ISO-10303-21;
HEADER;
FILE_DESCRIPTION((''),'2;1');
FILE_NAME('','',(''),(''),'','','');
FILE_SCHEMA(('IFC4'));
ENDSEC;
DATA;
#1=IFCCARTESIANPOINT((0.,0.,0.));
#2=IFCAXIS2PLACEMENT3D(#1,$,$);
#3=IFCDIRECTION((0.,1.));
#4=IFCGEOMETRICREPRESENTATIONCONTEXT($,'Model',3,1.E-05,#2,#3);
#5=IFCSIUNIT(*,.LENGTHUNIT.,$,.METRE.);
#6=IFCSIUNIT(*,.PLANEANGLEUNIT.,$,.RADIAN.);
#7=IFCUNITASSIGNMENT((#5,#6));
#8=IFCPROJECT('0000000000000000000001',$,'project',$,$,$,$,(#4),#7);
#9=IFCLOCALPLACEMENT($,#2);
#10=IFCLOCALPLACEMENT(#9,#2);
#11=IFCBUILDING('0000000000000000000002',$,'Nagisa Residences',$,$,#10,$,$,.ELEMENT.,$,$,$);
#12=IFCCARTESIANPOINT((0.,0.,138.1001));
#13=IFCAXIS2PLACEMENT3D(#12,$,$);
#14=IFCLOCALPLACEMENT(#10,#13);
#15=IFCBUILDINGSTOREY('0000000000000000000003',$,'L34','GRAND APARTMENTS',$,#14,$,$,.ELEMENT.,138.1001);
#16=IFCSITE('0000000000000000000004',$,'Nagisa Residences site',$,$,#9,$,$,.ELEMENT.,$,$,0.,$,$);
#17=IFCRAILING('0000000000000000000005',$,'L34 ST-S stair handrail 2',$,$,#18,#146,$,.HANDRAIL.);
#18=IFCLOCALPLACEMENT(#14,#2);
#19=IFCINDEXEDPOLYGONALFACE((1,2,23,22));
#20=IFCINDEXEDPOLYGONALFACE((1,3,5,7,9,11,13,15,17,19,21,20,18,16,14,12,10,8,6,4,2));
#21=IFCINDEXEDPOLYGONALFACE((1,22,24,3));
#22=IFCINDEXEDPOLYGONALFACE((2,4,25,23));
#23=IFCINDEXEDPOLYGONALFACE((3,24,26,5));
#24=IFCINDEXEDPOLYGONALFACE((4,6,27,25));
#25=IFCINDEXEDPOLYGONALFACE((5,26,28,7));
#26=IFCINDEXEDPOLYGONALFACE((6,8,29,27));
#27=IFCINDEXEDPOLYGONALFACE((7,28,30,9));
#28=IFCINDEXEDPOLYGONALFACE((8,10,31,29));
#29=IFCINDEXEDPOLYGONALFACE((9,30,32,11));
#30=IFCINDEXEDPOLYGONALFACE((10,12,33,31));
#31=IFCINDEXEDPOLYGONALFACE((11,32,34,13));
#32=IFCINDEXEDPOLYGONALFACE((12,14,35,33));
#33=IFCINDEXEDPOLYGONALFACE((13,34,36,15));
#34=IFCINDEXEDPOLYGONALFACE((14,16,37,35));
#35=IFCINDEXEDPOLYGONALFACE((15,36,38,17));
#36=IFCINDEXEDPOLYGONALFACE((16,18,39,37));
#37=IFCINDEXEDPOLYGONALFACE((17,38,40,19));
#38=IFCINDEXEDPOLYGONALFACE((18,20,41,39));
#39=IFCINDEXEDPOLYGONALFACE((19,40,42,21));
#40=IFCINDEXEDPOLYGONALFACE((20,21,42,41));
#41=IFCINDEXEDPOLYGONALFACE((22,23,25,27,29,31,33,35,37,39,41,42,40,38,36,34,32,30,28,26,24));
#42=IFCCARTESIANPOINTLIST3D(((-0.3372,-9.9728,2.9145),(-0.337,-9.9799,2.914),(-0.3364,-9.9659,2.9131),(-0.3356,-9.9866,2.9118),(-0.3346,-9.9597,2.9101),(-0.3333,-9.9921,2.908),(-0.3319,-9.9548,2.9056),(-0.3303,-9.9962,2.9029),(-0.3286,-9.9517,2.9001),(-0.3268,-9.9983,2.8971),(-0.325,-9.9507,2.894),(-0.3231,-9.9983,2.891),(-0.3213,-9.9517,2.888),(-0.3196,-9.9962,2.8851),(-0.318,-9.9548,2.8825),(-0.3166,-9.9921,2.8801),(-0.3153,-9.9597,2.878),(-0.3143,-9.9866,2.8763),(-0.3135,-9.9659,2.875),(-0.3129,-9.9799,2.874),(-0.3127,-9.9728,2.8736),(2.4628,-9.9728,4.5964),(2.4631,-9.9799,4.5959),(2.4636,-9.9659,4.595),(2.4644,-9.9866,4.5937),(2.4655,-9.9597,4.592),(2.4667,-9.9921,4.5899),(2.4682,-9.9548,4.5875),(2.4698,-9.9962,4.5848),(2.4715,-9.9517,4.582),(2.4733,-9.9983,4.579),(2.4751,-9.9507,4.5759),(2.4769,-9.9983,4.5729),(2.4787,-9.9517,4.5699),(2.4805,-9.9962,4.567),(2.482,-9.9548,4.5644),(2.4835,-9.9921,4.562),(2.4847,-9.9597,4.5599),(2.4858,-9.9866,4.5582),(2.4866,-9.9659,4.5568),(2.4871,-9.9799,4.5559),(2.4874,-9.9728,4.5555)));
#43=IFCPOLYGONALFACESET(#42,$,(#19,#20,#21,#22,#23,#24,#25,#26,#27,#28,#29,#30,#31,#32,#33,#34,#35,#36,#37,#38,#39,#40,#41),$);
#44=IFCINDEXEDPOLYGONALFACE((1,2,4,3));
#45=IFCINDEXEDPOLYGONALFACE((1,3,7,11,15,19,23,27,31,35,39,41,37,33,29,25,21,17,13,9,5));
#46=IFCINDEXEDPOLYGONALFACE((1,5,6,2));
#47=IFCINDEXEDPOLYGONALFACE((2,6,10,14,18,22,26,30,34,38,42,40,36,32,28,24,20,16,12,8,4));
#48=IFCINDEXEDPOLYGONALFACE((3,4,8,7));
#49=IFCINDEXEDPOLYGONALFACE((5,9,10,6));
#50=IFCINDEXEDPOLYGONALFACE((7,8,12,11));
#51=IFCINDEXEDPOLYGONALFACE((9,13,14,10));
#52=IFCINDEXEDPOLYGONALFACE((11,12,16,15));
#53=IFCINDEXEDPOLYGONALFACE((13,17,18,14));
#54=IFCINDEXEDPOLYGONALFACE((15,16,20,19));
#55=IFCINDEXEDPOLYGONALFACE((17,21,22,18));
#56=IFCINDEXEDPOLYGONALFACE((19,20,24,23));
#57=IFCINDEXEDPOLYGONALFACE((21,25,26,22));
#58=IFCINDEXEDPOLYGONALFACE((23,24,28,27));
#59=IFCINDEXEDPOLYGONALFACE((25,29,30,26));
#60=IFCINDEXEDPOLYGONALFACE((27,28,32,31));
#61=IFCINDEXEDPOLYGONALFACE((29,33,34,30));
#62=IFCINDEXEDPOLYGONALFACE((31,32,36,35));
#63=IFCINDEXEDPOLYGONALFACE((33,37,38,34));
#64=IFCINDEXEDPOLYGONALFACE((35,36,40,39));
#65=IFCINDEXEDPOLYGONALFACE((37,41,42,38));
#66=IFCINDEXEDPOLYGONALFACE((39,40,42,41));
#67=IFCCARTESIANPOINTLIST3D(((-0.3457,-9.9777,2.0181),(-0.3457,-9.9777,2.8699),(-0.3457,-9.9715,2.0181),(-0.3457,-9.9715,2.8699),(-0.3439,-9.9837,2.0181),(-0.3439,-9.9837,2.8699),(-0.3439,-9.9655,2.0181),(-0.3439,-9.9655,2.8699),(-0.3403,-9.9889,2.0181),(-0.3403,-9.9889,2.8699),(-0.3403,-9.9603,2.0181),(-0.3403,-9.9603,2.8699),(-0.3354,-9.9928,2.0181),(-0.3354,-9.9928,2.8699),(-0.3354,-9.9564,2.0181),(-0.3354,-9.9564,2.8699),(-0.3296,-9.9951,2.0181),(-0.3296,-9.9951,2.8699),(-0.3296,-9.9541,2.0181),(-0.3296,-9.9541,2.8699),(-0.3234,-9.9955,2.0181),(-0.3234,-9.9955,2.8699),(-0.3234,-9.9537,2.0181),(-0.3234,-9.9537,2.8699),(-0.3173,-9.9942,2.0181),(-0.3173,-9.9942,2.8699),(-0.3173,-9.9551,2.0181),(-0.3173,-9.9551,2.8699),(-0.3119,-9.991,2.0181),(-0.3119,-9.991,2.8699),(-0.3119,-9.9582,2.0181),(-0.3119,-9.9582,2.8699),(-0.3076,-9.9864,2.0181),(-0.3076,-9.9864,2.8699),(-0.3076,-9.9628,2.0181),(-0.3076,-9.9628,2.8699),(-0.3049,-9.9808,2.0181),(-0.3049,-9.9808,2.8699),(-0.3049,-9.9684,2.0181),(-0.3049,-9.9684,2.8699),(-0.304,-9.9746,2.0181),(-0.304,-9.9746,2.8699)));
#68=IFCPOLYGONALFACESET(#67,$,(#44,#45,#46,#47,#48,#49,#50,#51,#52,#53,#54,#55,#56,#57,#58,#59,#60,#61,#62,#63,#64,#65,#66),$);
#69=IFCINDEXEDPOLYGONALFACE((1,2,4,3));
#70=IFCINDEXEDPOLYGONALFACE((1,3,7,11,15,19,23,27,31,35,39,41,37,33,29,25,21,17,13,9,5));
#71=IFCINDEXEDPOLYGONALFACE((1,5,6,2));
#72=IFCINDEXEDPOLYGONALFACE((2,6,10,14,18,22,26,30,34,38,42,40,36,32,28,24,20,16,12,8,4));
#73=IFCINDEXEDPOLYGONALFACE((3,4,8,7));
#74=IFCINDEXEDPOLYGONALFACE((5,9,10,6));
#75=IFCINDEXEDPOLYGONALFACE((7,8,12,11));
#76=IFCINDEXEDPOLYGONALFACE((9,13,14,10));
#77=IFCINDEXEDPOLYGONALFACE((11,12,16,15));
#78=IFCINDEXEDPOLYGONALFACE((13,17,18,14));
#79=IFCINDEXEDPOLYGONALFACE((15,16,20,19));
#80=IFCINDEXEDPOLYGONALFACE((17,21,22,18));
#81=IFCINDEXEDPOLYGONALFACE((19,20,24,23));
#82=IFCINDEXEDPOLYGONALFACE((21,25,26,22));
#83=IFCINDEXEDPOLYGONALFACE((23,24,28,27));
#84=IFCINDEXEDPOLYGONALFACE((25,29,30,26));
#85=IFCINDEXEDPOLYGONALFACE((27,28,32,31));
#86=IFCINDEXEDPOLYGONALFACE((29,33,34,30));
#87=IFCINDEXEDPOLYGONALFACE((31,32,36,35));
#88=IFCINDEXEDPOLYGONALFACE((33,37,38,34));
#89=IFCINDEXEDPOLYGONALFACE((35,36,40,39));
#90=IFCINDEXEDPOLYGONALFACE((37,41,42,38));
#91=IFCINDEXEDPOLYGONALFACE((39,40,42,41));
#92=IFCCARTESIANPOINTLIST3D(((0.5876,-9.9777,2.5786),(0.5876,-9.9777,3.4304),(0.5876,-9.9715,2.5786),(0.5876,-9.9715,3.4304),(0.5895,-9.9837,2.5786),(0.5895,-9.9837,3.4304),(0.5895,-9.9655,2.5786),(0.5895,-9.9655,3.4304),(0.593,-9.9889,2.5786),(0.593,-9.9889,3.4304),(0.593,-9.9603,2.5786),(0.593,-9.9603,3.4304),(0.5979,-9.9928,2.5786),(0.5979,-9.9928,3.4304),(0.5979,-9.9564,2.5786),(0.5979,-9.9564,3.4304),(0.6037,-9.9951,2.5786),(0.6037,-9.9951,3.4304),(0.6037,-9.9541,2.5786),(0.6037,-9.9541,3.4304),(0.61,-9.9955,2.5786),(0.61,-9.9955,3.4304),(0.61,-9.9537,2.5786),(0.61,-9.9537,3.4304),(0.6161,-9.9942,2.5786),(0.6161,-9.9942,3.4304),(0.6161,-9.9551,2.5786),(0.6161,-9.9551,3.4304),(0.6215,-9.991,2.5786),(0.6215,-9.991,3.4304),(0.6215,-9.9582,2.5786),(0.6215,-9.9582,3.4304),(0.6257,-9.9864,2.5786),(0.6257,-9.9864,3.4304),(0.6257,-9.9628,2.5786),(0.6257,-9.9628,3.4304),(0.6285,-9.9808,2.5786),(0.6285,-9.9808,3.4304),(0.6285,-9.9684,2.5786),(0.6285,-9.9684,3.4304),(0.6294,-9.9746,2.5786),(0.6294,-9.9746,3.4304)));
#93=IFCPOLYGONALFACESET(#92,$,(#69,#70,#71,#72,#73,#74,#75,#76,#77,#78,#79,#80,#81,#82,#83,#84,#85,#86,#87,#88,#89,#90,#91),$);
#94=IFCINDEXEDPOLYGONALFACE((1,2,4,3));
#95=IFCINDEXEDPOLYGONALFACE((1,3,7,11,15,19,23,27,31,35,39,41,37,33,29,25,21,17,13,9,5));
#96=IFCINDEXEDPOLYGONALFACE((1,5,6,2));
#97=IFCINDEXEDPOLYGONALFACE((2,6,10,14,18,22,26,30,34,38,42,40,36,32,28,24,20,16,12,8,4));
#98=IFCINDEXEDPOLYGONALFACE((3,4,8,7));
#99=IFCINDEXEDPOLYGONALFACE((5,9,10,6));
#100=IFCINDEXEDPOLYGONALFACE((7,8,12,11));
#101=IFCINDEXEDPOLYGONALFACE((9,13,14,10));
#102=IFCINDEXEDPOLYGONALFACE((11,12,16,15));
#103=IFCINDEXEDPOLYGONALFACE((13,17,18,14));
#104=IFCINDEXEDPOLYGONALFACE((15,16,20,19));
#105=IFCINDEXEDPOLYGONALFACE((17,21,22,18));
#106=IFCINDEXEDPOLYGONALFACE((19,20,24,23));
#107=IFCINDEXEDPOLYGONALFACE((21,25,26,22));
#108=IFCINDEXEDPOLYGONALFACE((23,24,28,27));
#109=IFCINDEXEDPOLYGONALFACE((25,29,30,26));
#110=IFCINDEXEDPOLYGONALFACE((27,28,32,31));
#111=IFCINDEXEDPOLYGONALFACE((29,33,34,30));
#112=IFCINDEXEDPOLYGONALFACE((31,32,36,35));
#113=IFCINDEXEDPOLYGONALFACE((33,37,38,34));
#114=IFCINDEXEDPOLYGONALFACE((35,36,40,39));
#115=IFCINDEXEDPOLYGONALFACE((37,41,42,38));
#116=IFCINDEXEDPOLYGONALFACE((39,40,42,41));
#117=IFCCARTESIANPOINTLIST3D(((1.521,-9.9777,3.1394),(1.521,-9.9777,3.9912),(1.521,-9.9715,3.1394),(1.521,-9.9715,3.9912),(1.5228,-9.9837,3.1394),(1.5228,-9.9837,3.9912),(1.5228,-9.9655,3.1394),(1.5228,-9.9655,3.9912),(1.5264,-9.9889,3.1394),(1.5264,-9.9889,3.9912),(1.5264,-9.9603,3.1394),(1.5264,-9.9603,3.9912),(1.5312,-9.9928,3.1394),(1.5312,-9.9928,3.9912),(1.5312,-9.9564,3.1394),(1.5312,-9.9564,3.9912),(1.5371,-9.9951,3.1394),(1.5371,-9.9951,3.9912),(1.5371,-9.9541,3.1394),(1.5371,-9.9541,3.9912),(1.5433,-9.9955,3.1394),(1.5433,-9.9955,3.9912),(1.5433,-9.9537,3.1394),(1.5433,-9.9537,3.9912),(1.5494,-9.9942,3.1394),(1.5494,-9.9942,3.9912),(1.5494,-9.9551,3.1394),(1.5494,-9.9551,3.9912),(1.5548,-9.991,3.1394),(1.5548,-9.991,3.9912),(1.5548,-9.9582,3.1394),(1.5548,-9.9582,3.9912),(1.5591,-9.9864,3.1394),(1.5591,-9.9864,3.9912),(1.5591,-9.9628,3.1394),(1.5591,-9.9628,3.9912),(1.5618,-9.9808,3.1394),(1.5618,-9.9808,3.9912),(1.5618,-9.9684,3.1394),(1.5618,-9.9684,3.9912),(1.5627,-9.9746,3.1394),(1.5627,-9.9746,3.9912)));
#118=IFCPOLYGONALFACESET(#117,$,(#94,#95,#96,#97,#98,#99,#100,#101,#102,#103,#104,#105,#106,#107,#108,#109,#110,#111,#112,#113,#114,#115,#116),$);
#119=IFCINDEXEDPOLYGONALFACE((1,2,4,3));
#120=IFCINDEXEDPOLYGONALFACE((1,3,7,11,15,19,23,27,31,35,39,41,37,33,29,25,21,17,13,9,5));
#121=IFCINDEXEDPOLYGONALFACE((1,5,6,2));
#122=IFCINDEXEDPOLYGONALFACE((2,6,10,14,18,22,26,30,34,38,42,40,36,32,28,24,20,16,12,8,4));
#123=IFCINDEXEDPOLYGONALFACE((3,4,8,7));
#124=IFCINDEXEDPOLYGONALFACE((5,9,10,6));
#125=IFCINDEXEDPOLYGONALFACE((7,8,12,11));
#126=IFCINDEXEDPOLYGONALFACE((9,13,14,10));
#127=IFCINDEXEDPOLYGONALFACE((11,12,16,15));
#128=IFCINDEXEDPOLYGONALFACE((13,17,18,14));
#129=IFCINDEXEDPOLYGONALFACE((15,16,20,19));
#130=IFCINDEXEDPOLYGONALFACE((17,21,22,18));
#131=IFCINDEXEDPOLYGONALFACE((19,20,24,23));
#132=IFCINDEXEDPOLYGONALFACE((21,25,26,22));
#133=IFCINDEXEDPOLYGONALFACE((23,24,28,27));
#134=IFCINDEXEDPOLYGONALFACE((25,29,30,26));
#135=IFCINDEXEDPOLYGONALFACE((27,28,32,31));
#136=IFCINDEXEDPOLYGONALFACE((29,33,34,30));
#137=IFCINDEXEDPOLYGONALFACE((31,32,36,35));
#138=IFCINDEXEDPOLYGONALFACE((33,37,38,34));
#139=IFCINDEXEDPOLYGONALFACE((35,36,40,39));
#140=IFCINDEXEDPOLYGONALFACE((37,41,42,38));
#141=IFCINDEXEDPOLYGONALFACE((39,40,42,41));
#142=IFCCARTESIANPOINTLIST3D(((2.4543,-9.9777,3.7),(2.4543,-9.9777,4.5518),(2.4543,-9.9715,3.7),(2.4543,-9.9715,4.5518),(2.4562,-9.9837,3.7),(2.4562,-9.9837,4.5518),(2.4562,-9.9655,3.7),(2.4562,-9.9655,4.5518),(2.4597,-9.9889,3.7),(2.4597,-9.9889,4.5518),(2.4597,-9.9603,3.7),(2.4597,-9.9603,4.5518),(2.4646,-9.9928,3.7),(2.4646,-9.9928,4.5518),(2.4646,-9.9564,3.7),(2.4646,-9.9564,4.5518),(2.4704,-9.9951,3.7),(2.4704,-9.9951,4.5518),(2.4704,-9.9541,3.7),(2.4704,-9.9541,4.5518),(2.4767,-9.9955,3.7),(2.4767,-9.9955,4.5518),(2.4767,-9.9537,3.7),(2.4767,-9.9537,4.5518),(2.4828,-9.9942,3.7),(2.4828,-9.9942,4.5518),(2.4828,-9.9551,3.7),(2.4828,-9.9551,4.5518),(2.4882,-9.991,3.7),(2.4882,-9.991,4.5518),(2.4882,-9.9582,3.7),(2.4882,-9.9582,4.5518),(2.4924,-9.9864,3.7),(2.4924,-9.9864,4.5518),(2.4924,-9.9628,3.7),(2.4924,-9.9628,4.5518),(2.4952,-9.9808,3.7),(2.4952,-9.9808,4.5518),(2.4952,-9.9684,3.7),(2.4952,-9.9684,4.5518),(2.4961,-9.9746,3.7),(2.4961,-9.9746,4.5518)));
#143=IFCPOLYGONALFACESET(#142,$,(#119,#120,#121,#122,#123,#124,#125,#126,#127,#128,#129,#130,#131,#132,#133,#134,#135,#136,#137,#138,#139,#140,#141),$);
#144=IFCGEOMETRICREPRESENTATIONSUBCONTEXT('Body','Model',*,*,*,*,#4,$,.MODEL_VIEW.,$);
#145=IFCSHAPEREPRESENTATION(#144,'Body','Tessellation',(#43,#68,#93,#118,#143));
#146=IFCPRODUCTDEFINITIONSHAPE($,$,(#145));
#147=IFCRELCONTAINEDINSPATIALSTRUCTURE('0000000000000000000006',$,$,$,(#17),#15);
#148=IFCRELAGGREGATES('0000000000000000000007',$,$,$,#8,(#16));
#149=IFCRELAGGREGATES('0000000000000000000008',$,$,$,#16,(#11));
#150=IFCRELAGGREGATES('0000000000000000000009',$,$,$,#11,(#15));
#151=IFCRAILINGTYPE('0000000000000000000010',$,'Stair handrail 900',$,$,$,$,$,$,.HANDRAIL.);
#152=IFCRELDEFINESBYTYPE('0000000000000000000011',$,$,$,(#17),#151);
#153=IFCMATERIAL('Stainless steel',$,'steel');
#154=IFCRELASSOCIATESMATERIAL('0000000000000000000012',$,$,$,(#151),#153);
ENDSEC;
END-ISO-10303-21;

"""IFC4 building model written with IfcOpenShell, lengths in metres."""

from ifc_helpers import new_model, si_unit, direction, frame, origin, origin_2d, place, context, subcontext, project, spatial, circle, extrude, material, type_object, element, save


model = new_model("IFC4")

# Units and contexts
model_context = context("Model", 3, precision=1e-05, world=origin(), true_north=direction((0.0, 1.0)))
body_context = subcontext(model_context, "Body", "Model", "MODEL_VIEW")
ifc_project = project(units=[si_unit("LENGTHUNIT", "METRE"), si_unit("PLANEANGLEUNIT", "RADIAN")], contexts=[model_context])

# Site, building, storey
site_placement = place(None, origin())
site = spatial("IfcSite", under=ifc_project, at=site_placement, Name="Nagisa Residences site", CompositionType="ELEMENT", RefElevation=0.0)
building_placement = place(site_placement, origin())
building = spatial("IfcBuilding", under=site, at=building_placement, Name="Nagisa Residences", CompositionType="ELEMENT")
storey_placement = place(building_placement, frame((0.0, 0.0, 138.1001)))
storey = spatial("IfcBuildingStorey", under=building, at=storey_placement, Name="L34", Description="GRAND APARTMENTS", CompositionType="ELEMENT", Elevation=138.1001)

# Railing
ifc_material_1 = material(Name="Stainless steel", Category="steel")
railing_type = type_object("IfcRailingType", Name="Stair handrail 900", PredefinedType="HANDRAIL", material=ifc_material_1)
railing_placement = place(storey_placement, frame((-0.325, -9.9746, 2.0181)))
element("IfcRailing", 1, at=railing_placement, inside=storey, type_object=railing_type, Name="L34 ST-S stair handrail 2", PredefinedType="HANDRAIL", context=body_context, shape_type="SweptSolid", body=[
    extrude(circle(Radius=0.0239, at=origin_2d()), frame((0.0, 0.0, 0.876), z_axis=(0.857242, 0.0, 0.514913), x_axis=(0.0, 1.0, 0.0)), (0.0, 0.0, 1.0), 3.2664),
    extrude(circle(Radius=0.021, at=origin_2d()), origin(), (0.0, 0.0, 1.0), 0.8518),
    extrude(circle(Radius=0.021, at=origin_2d()), frame((0.9333, 0.0, 0.5605)), (0.0, 0.0, 1.0), 0.8518),
    extrude(circle(Radius=0.021, at=origin_2d()), frame((1.8667, 0.0, 1.1213)), (0.0, 0.0, 1.0), 0.8518),
    extrude(circle(Radius=0.021, at=origin_2d()), frame((2.8, 0.0, 1.6819)), (0.0, 0.0, 1.0), 0.8518),
])

save(model, "model.ifc")
